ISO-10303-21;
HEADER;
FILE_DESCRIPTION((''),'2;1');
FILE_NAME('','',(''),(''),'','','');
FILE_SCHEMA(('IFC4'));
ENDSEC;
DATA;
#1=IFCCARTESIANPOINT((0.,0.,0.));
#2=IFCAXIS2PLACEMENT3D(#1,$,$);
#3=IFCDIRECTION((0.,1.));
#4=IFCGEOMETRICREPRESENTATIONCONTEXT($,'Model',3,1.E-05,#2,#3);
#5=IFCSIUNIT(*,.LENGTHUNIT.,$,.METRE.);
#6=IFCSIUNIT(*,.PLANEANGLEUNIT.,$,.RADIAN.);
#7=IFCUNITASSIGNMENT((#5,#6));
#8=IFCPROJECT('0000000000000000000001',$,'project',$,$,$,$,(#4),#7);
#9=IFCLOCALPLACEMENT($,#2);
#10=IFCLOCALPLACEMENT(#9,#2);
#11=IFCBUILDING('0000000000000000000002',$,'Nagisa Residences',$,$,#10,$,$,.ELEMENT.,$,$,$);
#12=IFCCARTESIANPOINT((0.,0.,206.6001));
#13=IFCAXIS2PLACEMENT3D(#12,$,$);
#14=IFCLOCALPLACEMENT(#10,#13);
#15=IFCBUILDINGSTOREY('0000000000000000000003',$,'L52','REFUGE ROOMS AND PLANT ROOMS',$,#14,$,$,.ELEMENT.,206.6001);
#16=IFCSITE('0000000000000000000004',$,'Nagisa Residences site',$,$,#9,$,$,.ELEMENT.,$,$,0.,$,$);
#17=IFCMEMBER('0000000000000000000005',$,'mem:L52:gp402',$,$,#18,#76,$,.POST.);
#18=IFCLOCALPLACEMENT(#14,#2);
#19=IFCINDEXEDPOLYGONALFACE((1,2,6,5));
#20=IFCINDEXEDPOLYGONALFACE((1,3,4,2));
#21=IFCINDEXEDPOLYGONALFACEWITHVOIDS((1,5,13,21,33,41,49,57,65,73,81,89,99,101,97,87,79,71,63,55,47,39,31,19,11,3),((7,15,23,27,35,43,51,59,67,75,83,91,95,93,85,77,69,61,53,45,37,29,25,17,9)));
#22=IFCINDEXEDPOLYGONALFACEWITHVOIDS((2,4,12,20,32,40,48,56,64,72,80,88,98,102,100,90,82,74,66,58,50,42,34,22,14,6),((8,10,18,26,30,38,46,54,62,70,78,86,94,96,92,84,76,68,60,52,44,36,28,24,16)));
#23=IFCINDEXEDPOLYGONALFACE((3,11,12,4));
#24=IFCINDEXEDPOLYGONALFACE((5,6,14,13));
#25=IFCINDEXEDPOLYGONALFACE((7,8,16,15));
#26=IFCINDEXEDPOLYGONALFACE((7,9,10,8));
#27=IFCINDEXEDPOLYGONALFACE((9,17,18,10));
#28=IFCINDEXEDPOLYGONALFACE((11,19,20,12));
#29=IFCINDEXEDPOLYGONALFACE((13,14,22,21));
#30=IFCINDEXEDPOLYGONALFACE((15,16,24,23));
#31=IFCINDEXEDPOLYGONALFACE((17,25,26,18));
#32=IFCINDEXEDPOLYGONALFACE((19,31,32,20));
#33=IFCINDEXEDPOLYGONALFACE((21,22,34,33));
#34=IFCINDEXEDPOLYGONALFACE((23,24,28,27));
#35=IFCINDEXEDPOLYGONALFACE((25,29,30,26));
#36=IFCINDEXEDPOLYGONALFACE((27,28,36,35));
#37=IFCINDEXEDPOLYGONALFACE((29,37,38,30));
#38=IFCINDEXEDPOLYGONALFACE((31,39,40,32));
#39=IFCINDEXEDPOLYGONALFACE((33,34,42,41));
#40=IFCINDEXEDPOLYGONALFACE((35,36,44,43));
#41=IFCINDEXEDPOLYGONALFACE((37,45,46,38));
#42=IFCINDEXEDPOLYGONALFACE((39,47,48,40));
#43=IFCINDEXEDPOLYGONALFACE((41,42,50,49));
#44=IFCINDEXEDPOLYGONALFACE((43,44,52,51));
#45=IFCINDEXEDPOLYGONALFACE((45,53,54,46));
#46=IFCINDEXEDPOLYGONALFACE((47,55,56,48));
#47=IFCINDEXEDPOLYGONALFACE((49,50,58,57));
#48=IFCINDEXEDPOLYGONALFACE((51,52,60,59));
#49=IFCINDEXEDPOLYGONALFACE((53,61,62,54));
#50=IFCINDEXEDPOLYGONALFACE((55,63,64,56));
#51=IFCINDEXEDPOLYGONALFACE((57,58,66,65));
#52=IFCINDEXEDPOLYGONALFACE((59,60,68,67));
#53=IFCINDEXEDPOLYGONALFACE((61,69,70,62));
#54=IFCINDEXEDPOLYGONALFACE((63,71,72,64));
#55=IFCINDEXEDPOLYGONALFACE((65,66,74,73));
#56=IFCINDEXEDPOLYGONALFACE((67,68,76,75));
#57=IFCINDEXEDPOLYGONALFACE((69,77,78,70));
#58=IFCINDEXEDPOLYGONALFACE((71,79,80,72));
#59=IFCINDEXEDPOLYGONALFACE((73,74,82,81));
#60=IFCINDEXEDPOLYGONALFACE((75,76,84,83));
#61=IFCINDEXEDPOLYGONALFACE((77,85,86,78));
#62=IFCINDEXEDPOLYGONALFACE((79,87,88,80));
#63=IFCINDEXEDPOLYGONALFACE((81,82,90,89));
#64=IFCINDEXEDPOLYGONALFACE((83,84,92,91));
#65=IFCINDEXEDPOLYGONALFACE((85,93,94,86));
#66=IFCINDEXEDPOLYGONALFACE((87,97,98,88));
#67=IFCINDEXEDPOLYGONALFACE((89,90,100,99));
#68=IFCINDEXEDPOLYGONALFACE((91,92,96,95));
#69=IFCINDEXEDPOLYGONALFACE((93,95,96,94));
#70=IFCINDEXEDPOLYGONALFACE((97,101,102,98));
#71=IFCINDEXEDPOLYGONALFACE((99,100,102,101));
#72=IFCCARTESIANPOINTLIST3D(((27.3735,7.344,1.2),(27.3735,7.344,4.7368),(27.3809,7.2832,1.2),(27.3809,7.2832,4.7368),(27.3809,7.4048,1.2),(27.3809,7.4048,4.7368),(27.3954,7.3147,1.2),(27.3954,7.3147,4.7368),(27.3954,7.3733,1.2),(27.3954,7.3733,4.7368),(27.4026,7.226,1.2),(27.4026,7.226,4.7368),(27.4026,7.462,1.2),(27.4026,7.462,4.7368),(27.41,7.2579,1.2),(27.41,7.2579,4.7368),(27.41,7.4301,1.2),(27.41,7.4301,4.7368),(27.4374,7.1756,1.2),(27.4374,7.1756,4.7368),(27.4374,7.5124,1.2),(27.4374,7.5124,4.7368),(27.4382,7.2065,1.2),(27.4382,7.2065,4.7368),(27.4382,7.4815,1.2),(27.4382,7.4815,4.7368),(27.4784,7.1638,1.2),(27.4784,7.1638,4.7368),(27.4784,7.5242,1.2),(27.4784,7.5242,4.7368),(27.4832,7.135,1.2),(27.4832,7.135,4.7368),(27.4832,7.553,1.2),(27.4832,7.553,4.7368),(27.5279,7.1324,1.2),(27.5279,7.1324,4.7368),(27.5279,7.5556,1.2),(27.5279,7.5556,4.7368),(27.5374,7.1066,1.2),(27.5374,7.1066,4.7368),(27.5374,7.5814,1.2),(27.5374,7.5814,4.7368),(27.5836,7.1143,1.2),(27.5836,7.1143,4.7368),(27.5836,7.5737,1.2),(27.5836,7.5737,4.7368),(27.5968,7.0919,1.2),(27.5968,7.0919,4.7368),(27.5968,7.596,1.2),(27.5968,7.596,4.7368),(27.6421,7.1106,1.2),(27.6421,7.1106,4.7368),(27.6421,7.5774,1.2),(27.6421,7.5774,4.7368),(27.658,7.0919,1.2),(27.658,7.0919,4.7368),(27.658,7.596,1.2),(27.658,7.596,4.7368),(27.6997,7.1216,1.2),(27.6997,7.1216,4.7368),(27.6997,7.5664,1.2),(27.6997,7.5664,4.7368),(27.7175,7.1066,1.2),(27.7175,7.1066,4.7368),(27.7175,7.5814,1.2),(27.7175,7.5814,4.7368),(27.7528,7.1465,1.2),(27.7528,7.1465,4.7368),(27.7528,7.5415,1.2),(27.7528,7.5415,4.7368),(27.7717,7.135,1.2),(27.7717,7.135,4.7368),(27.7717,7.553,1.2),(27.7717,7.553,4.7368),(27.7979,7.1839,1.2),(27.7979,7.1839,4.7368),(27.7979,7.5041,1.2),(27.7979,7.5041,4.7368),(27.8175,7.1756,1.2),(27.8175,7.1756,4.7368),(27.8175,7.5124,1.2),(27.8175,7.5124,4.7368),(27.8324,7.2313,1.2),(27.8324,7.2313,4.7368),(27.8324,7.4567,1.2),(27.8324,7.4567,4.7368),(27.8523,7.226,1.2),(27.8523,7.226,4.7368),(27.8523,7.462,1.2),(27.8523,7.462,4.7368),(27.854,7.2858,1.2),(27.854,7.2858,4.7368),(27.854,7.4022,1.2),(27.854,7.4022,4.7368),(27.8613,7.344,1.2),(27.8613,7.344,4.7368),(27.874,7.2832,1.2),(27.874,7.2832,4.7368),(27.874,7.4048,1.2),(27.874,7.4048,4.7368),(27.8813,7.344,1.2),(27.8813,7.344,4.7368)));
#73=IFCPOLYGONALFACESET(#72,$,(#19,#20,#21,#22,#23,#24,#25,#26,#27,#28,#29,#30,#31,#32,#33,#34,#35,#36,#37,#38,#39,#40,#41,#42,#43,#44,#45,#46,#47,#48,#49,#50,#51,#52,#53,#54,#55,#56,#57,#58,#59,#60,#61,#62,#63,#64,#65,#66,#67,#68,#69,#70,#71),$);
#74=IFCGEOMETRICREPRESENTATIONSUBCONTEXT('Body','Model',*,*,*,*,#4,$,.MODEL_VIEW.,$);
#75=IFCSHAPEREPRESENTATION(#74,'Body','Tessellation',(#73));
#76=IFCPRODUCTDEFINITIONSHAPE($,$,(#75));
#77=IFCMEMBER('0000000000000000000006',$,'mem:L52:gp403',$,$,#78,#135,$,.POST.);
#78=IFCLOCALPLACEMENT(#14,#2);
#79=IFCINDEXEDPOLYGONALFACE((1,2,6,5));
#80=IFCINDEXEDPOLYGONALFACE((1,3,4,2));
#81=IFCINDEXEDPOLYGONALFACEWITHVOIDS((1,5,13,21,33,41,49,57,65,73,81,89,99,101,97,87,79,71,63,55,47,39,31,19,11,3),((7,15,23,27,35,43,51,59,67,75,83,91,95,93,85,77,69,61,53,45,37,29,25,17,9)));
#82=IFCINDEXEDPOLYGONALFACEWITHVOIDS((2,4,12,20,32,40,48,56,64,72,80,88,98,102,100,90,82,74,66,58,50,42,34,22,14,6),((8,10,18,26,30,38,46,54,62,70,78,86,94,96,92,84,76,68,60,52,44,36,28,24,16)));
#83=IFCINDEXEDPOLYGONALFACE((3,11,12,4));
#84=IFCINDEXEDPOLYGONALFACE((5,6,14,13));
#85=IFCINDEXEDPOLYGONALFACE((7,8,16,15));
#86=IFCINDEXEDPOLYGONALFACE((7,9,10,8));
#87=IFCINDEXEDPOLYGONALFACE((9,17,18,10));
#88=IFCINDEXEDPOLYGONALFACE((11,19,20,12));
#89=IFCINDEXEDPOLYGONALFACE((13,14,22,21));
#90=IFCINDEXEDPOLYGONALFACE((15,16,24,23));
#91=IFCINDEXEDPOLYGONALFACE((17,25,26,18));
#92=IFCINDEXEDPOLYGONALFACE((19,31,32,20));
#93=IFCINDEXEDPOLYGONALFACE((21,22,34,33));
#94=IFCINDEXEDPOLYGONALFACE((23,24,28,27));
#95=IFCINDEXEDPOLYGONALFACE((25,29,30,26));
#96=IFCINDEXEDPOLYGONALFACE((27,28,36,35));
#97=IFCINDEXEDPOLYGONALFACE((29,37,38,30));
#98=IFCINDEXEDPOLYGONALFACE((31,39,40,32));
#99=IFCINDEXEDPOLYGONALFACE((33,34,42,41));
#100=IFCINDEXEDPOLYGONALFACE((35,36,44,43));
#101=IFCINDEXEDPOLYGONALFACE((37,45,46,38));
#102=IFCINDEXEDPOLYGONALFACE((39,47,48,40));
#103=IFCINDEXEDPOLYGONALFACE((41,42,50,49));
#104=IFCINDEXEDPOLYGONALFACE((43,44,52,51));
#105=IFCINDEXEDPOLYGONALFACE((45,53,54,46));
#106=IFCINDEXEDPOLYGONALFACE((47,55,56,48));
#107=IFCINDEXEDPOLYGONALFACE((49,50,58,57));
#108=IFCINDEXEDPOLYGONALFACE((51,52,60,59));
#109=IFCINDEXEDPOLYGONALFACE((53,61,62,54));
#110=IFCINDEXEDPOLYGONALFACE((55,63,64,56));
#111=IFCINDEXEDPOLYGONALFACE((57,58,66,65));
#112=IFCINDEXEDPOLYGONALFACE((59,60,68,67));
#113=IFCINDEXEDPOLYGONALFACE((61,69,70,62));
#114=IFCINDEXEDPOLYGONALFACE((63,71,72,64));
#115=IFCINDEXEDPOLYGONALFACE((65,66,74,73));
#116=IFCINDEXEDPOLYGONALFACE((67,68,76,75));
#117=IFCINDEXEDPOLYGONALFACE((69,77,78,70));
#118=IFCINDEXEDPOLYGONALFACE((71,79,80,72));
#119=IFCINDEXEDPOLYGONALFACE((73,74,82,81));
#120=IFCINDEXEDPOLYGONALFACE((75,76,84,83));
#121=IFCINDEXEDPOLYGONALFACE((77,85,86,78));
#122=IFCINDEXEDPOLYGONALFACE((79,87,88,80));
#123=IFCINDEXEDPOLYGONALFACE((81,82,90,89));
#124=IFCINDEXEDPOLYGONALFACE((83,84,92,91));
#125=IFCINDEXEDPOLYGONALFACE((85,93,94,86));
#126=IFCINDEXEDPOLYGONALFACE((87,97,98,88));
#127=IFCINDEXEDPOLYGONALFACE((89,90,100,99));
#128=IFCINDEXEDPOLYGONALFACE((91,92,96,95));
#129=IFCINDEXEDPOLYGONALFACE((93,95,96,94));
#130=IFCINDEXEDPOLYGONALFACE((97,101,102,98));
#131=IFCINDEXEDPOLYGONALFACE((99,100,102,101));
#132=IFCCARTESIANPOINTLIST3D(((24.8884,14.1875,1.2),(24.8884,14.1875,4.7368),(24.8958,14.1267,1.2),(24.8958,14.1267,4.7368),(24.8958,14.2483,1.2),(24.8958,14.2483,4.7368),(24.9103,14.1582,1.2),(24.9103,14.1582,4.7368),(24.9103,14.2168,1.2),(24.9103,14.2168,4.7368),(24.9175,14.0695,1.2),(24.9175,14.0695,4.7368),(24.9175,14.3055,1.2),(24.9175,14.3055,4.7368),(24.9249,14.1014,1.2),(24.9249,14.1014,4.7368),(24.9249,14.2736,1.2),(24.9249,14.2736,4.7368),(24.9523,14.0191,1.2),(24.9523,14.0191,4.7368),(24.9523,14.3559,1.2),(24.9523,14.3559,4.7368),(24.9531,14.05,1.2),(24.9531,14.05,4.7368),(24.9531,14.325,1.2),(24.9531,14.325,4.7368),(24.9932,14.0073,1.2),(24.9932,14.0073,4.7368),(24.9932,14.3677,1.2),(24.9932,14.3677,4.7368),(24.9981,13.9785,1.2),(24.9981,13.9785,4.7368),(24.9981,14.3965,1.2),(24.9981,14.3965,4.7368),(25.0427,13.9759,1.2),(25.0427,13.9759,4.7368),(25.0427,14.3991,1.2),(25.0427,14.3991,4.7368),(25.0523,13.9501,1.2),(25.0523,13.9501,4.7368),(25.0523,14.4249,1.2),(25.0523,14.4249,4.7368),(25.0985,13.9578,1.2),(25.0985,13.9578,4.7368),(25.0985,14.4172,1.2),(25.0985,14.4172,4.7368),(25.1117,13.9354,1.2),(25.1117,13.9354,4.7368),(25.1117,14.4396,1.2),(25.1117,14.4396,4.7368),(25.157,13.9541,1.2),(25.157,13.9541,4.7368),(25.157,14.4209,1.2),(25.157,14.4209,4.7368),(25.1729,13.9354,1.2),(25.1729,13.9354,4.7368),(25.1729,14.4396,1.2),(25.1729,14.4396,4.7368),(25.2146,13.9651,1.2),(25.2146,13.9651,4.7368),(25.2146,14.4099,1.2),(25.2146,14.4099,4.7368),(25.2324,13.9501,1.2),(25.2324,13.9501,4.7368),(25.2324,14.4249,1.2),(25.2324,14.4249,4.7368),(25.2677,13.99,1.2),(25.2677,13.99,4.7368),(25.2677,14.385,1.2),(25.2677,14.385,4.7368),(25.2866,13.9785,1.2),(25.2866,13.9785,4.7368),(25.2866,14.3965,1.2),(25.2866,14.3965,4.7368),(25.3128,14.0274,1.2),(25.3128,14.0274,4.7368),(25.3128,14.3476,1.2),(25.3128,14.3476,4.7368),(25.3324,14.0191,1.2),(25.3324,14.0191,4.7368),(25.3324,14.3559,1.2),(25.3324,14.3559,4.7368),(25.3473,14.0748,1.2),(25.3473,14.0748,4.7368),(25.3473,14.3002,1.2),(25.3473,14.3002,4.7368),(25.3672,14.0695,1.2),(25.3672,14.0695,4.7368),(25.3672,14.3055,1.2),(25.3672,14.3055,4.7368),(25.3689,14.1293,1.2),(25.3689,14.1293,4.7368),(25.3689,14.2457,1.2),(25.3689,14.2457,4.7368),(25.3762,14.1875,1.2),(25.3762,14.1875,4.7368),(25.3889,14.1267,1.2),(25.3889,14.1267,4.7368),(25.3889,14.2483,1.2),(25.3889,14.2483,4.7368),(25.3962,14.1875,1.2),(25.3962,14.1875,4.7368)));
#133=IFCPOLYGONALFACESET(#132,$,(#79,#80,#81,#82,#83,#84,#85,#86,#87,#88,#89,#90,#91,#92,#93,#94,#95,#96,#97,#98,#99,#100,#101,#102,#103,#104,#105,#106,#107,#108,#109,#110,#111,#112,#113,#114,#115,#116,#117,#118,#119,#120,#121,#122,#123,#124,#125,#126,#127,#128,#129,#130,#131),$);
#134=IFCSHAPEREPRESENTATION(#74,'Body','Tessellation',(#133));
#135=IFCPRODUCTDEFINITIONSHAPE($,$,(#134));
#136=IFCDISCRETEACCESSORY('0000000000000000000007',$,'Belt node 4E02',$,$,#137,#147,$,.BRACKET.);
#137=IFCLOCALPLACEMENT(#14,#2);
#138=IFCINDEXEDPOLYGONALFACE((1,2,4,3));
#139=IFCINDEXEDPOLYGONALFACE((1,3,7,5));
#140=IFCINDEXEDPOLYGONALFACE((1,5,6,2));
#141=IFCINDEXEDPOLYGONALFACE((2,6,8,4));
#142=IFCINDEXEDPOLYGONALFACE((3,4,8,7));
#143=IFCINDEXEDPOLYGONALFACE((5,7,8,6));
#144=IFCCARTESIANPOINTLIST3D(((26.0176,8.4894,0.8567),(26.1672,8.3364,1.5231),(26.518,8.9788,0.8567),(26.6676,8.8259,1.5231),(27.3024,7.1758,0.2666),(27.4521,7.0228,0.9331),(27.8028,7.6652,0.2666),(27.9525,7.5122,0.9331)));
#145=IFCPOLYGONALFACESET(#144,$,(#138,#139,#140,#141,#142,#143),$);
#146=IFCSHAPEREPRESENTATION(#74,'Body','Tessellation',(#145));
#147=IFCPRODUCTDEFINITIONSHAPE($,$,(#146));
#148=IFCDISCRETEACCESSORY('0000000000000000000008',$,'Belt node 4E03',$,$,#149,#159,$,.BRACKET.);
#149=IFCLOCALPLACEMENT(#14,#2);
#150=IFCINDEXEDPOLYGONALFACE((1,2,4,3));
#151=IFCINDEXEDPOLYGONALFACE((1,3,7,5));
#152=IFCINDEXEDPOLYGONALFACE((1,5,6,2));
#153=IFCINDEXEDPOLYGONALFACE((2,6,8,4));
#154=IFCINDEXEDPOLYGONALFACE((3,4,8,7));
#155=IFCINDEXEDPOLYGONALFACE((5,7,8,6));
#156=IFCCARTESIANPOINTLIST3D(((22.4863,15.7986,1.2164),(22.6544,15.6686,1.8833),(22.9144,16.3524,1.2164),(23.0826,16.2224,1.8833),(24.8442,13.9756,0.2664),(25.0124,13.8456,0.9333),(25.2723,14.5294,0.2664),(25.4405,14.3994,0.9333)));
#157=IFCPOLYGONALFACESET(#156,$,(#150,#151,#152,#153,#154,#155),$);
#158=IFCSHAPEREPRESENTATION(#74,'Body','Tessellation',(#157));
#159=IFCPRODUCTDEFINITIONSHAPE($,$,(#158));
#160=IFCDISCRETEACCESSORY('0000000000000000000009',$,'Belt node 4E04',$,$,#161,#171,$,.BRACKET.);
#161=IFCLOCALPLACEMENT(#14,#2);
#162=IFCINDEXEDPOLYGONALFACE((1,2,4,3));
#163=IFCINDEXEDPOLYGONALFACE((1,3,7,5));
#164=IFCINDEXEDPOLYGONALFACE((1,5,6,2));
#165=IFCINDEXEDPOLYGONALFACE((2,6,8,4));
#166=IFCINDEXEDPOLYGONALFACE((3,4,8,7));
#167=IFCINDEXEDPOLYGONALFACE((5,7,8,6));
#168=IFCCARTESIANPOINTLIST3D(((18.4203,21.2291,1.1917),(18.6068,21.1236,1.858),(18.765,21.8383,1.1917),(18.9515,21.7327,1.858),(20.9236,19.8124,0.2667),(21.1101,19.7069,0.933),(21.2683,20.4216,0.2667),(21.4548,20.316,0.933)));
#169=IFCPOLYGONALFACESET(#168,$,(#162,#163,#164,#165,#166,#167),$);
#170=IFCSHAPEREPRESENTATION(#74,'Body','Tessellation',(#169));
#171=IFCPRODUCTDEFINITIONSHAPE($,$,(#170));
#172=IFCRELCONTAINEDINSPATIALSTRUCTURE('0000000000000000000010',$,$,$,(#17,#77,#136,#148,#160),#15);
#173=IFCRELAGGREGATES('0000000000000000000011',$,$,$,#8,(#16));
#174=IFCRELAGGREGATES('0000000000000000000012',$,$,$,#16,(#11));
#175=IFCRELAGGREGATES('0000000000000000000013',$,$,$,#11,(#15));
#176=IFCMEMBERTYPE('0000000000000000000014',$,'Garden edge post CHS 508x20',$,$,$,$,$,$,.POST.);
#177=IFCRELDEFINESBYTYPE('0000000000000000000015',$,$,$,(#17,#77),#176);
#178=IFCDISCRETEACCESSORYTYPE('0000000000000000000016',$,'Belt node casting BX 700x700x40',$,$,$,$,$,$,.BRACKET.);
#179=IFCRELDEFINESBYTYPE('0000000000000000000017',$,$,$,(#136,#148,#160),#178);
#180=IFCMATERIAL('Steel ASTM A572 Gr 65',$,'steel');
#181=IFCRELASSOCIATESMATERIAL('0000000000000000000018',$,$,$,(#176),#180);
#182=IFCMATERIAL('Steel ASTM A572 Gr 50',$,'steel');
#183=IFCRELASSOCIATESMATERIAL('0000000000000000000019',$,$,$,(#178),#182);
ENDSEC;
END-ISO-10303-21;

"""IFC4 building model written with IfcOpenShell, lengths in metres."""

from ifc_helpers import new_model, si_unit, direction, frame, origin, origin_2d, place, context, subcontext, project, spatial, rectangle, hollow_circle, extrude, material, material_profile, profile_set, type_object, element, save


model = new_model("IFC4")

# Units and contexts
model_context = context("Model", 3, precision=1e-05, world=origin(), true_north=direction((0.0, 1.0)))
body_context = subcontext(model_context, "Body", "Model", "MODEL_VIEW")
ifc_project = project(units=[si_unit("LENGTHUNIT", "METRE"), si_unit("PLANEANGLEUNIT", "RADIAN")], contexts=[model_context])

# Site, building, storey
site_placement = place(None, origin())
site = spatial("IfcSite", under=ifc_project, at=site_placement, Name="Nagisa Residences site", CompositionType="ELEMENT", RefElevation=0.0)
building_placement = place(site_placement, origin())
building = spatial("IfcBuilding", under=site, at=building_placement, Name="Nagisa Residences", CompositionType="ELEMENT")
storey_placement = place(building_placement, frame((0.0, 0.0, 206.6001)))
storey = spatial("IfcBuildingStorey", under=building, at=storey_placement, Name="L52", Description="REFUGE ROOMS AND PLANT ROOMS", CompositionType="ELEMENT", Elevation=206.6001)

# Members
ifc_material_1 = material(Name="Steel ASTM A572 Gr 65", Category="steel")
ifc_material_profile_1 = material_profile(ifc_material_1, hollow_circle(Radius=0.2539, WallThickness=0.02, at=origin_2d()), Name="CHS 508x20")
ifc_profile_set_1 = profile_set([ifc_material_profile_1], Name="Steel ASTM A572 Gr 65")
member_type_1 = type_object("IfcMemberType", Name="Garden edge post CHS 508x20", PredefinedType="POST", material=ifc_profile_set_1)
for number, where, z_axis, x_axis, name in (
    (1, (27.6274, 7.344, 1.2), (0.0, 0.0, 1.0), (1.0, 0.0, 0.0), "mem:L52:gp402"),
    (2, (25.1423, 14.1875, 1.2), (0.0, 0.0, 1.0), (1.0, 0.0, 0.0), "mem:L52:gp403"),
):
    element("IfcMember", number, at=place(storey_placement, frame(where, z_axis=z_axis, x_axis=x_axis)), inside=storey, type_object=member_type_1, Name=name, PredefinedType="POST", context=body_context, shape_type="SweptSolid", body=[
        extrude(hollow_circle(Radius=0.2539, WallThickness=0.02, at=origin_2d()), origin(), (0.0, 0.0, 1.0), 3.5369),
    ])

# Discrete accessories
ifc_material_2 = material(Name="Steel ASTM A572 Gr 50", Category="steel")
discrete_accessory_type_1 = type_object("IfcDiscreteAccessoryType", Name="Belt node casting BX 700x700x40", PredefinedType="BRACKET", material=ifc_material_2)
discrete_accessory_1_placement = place(storey_placement, frame((27.6274, 7.344, 0.5999), z_axis=(-0.665743, 0.680669, 0.305738), x_axis=(-0.714902, -0.699225, 0.0)))
element("IfcDiscreteAccessory", 3, at=discrete_accessory_1_placement, inside=storey, type_object=discrete_accessory_type_1, Name="Belt node 4E02", PredefinedType="BRACKET", context=body_context, shape_type="SweptSolid", body=[
    extrude(rectangle(XDim=0.7, YDim=0.7, at=origin_2d()), origin(), (0.0, 0.0, 1.0), 1.9299),
])
discrete_accessory_2_placement = place(storey_placement, frame((25.1423, 14.1875, 0.5999), z_axis=(-0.753766, 0.582768, 0.303676), x_axis=(-0.611653, -0.791126, 0.0)))
element("IfcDiscreteAccessory", 4, at=discrete_accessory_2_placement, inside=storey, type_object=discrete_accessory_type_1, Name="Belt node 4E03", PredefinedType="BRACKET", context=body_context, shape_type="SweptSolid", body=[
    extrude(rectangle(XDim=0.7, YDim=0.7, at=origin_2d()), origin(), (0.0, 0.0, 1.0), 3.1282),
])
discrete_accessory_3_placement = place(storey_placement, frame((21.1892, 20.0642, 0.5999), z_axis=(-0.828511, 0.468875, 0.306147), x_axis=(-0.492524, -0.870299, 0.0)))
element("IfcDiscreteAccessory", 5, at=discrete_accessory_3_placement, inside=storey, type_object=discrete_accessory_type_1, Name="Belt node 4E04", PredefinedType="BRACKET", context=body_context, shape_type="SweptSolid", body=[
    extrude(rectangle(XDim=0.7, YDim=0.7, at=origin_2d()), origin(), (0.0, 0.0, 1.0), 3.0215),
])

save(model, "model.ifc")
